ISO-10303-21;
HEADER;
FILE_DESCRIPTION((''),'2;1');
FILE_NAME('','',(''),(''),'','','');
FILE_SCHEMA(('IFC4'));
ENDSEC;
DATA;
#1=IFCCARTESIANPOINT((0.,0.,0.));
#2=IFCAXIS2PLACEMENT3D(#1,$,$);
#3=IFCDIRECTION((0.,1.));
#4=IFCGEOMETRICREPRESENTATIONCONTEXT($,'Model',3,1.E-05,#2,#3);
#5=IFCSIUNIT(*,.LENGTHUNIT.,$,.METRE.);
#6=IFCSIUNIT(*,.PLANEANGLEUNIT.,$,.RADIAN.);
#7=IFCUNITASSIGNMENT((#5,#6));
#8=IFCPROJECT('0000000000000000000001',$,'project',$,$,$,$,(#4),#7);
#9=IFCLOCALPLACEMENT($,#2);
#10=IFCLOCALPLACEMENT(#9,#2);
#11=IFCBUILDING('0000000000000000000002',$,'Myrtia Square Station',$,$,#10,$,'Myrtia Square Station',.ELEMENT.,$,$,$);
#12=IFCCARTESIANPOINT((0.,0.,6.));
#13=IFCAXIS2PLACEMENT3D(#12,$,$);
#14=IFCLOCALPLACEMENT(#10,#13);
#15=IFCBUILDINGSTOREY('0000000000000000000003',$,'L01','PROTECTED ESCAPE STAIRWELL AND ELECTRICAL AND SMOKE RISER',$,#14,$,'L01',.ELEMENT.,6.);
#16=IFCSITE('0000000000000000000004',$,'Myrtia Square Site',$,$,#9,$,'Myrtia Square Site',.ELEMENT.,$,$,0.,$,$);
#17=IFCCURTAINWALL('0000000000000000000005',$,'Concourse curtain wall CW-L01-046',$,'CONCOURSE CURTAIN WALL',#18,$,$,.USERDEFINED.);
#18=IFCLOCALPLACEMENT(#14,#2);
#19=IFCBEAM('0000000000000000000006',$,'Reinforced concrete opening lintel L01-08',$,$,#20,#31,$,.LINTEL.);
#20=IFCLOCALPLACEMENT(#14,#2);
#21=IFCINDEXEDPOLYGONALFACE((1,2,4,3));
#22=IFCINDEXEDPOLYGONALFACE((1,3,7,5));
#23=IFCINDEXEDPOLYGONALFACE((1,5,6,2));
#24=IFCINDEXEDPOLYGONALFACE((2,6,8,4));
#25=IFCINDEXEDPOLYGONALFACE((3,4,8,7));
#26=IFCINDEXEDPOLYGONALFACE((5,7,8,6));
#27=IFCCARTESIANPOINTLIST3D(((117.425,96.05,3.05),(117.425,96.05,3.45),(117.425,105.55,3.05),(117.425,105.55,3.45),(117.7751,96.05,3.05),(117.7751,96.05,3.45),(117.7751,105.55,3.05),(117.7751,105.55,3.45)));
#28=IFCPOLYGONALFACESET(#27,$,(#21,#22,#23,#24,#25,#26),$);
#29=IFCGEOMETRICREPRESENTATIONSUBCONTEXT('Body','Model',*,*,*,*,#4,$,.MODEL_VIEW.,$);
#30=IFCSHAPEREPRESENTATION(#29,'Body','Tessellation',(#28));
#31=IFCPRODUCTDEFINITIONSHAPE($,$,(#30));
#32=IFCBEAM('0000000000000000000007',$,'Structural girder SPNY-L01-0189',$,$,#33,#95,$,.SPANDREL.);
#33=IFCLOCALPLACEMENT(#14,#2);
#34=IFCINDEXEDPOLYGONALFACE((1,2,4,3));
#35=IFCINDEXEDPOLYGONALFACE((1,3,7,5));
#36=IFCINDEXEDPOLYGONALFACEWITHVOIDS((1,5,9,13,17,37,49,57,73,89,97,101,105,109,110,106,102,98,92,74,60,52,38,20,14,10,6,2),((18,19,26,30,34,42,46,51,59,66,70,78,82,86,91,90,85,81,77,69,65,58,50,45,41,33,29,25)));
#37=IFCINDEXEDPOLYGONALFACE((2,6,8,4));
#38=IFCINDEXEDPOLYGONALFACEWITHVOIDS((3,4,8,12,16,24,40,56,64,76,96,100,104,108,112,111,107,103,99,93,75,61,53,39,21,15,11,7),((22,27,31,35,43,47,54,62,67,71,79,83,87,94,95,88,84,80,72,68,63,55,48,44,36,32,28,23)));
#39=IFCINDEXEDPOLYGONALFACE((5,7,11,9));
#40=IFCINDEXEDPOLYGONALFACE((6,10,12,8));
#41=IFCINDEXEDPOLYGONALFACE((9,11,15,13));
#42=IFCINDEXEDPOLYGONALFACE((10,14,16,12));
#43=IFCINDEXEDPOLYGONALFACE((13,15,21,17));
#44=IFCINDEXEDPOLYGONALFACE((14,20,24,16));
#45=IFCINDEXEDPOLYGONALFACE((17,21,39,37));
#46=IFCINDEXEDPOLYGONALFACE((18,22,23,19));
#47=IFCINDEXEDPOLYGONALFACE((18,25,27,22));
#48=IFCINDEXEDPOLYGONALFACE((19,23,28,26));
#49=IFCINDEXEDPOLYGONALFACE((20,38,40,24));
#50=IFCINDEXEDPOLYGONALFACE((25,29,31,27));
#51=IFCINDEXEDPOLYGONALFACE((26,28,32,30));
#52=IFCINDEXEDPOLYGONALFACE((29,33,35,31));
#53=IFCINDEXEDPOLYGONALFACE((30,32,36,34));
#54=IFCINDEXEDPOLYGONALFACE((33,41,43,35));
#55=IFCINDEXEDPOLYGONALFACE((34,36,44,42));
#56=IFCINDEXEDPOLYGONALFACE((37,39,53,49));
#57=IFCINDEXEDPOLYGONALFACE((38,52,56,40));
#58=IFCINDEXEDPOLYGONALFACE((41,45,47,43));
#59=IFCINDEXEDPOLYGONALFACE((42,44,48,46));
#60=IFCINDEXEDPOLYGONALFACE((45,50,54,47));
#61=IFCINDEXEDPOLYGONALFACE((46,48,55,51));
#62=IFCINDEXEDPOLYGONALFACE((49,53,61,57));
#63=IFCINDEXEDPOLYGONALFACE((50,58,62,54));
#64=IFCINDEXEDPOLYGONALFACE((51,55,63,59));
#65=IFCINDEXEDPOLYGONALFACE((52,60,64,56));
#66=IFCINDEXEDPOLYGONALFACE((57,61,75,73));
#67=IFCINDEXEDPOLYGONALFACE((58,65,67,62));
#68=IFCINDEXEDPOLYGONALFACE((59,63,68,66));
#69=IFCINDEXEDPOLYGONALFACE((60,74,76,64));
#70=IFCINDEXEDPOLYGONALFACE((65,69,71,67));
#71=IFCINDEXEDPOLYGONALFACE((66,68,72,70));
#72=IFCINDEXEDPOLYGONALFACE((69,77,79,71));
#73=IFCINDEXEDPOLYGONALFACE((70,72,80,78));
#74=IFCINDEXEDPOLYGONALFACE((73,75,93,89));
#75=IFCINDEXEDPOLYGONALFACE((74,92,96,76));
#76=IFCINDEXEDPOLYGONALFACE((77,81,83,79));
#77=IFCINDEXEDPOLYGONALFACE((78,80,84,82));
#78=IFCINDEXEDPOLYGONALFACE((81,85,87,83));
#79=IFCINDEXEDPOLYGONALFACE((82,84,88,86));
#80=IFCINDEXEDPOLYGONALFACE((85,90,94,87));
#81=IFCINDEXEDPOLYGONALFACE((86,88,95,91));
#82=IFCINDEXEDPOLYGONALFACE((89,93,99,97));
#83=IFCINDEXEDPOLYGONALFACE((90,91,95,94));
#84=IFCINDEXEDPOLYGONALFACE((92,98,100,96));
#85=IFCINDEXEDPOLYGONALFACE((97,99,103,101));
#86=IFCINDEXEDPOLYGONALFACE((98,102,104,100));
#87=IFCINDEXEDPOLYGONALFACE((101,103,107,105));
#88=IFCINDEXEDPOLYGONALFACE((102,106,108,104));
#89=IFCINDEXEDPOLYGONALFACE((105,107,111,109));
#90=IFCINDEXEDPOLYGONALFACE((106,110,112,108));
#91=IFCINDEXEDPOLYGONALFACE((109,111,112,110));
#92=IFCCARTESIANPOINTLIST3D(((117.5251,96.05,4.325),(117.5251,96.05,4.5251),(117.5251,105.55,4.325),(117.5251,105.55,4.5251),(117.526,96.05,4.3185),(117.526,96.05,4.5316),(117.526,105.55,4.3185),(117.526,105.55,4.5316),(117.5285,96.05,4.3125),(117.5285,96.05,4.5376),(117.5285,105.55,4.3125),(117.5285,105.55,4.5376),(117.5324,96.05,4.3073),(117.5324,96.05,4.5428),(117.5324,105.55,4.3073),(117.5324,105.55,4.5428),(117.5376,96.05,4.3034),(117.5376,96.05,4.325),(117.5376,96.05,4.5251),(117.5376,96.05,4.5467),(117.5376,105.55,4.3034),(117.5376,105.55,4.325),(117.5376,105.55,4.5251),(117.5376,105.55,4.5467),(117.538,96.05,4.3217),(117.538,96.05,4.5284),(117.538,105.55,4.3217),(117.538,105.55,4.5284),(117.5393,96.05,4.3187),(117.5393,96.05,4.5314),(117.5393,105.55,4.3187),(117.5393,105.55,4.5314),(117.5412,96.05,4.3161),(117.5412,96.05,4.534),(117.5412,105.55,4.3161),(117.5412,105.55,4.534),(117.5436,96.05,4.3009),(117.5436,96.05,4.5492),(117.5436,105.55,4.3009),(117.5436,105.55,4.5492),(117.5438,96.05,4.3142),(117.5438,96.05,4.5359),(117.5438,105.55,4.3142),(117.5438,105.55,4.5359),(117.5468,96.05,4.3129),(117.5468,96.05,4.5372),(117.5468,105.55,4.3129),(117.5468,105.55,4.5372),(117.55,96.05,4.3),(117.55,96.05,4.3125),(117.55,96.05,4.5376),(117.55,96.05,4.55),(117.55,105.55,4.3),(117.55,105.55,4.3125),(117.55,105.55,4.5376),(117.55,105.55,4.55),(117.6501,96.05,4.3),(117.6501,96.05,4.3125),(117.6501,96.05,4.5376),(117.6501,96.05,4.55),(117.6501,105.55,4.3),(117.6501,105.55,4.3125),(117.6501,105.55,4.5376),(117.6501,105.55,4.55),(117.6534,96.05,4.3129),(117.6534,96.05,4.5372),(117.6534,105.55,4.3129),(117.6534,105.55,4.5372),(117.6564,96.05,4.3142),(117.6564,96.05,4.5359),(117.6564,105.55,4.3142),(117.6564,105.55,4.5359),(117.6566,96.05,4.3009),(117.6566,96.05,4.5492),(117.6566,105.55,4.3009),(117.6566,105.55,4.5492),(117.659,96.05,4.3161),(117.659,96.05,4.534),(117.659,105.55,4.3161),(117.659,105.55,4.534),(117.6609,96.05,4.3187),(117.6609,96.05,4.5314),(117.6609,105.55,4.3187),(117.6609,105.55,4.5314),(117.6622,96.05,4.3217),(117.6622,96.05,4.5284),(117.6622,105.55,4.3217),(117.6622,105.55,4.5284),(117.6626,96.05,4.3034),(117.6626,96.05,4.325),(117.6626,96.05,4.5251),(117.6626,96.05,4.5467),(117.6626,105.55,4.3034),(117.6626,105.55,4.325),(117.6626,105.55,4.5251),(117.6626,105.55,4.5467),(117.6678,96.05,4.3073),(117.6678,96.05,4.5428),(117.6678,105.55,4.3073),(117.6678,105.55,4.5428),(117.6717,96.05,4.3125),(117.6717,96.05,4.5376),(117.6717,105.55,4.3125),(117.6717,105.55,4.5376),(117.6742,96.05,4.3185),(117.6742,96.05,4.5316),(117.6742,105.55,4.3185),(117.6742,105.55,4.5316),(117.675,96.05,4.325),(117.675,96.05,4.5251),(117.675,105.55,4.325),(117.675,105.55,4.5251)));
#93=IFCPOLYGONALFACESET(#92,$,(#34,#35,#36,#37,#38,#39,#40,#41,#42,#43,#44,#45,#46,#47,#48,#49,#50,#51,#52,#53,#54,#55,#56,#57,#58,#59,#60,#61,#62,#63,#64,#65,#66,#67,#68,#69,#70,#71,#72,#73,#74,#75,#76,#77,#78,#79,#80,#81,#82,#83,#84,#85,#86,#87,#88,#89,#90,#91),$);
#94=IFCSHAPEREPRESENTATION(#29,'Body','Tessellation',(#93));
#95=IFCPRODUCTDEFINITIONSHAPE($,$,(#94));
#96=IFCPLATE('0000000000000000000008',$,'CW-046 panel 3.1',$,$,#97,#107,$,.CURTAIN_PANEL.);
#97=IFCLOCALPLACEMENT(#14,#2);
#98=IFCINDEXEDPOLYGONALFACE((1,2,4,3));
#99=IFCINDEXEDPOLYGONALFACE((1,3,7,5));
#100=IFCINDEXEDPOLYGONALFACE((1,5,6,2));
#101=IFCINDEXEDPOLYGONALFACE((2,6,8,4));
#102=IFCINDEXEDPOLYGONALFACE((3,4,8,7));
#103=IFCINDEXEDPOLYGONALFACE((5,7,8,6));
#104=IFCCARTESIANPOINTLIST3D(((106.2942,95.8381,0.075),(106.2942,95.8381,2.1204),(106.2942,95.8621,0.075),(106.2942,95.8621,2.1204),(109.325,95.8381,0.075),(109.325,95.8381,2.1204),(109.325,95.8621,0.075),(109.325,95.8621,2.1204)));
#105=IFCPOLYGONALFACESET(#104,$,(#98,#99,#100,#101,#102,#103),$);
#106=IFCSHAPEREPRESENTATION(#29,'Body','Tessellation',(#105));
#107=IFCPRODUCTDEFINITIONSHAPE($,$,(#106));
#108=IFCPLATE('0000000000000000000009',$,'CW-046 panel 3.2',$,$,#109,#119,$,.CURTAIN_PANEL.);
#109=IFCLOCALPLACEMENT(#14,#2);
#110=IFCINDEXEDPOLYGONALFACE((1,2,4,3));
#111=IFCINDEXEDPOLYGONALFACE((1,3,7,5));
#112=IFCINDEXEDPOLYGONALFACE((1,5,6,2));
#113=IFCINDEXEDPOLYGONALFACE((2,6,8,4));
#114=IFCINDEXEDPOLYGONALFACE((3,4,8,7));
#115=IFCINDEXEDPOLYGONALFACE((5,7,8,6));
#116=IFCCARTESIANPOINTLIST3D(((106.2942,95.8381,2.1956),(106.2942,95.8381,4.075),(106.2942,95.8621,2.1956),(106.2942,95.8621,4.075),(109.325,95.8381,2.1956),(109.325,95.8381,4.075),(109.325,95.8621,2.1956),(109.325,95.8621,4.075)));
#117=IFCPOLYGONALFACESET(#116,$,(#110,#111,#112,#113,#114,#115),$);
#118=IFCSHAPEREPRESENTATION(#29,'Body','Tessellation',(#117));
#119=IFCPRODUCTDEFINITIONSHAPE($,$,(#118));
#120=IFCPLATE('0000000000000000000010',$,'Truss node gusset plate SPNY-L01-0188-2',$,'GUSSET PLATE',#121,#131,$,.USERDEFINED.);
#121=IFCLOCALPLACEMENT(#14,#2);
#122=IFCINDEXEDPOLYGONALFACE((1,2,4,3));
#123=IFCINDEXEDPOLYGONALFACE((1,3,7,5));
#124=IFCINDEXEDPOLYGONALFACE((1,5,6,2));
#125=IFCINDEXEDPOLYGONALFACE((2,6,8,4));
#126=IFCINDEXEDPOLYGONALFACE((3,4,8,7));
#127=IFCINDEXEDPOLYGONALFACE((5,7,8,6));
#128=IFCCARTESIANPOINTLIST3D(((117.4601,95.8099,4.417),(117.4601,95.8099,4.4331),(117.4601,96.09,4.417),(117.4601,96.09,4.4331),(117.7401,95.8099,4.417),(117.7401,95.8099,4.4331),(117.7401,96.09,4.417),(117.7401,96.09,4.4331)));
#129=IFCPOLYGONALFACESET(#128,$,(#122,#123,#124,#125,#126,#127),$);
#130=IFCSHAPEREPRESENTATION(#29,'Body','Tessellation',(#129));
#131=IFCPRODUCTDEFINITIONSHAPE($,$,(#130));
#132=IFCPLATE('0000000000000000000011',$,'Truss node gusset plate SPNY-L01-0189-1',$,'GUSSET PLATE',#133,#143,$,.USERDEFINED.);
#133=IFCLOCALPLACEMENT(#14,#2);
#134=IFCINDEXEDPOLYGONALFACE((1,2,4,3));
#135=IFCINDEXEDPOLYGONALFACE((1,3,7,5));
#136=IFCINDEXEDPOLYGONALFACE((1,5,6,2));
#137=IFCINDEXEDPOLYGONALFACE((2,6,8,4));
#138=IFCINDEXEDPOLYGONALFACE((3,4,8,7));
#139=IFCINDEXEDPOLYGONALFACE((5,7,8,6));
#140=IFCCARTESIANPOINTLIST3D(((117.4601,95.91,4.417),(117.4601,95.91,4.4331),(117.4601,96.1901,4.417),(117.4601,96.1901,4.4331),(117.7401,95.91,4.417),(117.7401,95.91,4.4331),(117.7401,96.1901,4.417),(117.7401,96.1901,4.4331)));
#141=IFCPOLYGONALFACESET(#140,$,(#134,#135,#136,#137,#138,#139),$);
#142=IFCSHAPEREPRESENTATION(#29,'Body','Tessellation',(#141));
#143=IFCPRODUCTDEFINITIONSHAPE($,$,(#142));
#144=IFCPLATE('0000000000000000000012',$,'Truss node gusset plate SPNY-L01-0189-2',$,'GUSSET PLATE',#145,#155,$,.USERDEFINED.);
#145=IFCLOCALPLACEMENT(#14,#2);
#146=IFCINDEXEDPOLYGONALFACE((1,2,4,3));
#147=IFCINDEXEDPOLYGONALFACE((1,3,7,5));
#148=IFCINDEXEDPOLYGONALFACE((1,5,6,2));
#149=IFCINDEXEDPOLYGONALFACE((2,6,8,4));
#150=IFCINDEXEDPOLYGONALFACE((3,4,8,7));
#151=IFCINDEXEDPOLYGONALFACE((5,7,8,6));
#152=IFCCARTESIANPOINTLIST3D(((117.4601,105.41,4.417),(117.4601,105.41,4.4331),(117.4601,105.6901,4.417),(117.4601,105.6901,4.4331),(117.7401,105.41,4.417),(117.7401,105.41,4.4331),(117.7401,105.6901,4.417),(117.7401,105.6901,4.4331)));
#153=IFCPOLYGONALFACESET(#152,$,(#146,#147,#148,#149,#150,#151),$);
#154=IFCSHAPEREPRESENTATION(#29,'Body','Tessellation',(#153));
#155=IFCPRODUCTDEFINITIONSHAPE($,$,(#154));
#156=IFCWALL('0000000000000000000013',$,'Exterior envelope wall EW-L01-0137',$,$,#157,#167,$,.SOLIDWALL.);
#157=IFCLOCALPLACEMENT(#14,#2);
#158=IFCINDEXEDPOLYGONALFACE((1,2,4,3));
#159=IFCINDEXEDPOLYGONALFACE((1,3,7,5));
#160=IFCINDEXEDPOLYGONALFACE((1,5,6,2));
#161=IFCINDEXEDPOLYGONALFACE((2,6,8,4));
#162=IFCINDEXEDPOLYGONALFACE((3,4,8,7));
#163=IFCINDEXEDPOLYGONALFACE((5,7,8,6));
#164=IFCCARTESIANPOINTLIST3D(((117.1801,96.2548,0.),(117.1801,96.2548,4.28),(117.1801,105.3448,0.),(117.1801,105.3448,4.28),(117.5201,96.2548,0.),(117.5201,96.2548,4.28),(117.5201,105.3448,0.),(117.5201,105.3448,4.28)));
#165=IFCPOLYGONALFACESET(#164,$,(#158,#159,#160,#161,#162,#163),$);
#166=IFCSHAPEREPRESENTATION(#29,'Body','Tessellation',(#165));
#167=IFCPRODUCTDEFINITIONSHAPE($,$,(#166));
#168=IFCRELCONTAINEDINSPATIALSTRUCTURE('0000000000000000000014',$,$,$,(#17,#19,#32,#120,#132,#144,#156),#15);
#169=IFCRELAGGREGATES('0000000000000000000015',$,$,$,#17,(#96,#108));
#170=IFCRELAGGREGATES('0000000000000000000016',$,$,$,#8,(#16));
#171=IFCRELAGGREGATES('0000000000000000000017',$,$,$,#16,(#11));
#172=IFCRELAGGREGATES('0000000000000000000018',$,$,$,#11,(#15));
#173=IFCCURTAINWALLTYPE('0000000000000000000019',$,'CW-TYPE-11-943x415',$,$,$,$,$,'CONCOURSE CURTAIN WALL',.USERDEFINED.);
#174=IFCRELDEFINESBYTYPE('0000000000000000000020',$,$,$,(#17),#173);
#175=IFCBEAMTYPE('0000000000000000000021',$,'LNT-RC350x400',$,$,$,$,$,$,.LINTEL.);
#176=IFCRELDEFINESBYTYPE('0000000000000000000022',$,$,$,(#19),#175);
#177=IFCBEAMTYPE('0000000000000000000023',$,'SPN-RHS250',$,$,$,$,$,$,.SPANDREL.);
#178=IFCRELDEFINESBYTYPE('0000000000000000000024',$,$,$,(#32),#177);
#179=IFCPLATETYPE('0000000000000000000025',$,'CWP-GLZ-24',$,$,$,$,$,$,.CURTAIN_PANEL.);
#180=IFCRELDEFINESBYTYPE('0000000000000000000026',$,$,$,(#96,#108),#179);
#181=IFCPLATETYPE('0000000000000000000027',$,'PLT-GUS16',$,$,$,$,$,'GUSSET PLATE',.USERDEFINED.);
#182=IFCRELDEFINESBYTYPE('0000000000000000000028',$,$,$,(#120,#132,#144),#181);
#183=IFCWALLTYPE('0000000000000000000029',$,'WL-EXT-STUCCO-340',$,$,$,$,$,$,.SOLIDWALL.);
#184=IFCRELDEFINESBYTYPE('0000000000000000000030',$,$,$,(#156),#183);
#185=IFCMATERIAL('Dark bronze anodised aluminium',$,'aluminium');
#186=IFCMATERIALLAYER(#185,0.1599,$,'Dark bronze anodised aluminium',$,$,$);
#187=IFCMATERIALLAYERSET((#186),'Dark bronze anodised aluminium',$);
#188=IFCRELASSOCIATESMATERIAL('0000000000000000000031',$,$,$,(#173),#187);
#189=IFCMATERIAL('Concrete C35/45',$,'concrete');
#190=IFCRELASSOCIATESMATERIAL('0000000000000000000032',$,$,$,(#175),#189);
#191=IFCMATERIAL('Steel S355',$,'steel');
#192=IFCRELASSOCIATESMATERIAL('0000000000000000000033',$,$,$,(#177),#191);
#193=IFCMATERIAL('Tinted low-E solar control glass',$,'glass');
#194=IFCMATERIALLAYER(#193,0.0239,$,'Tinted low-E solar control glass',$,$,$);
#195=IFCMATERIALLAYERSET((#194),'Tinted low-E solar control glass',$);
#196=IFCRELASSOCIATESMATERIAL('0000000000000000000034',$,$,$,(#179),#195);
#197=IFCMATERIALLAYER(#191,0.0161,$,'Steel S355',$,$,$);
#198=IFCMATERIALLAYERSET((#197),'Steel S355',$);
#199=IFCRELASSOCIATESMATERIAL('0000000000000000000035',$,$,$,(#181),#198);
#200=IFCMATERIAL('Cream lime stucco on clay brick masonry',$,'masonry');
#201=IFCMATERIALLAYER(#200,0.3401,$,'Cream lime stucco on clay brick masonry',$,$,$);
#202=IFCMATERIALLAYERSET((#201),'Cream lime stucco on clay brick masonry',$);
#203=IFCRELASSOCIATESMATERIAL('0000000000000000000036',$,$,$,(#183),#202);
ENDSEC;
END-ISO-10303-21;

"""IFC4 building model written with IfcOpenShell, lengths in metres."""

from ifc_helpers import new_model, si_unit, direction, frame, frame_2d, origin, origin_2d, place, context, subcontext, project, spatial, rectangle, hollow_rectangle, extrude, material, layer, layer_set, material_profile, profile_set, type_object, element, aggregate, save


model = new_model("IFC4")

# Units and contexts
model_context = context("Model", 3, precision=1e-05, world=origin(), true_north=direction((0.0, 1.0)))
body_context = subcontext(model_context, "Body", "Model", "MODEL_VIEW")
ifc_project = project(units=[si_unit("LENGTHUNIT", "METRE"), si_unit("PLANEANGLEUNIT", "RADIAN")], contexts=[model_context])

# Site, building, storey
site_placement = place(None, origin())
site = spatial("IfcSite", under=ifc_project, at=site_placement, Name="Myrtia Square Site", LongName="Myrtia Square Site", CompositionType="ELEMENT", RefElevation=0.0)
building_placement = place(site_placement, origin())
building = spatial("IfcBuilding", under=site, at=building_placement, Name="Myrtia Square Station", LongName="Myrtia Square Station", CompositionType="ELEMENT")
storey_placement = place(building_placement, frame((0.0, 0.0, 6.0)))
storey = spatial("IfcBuildingStorey", under=building, at=storey_placement, Name="L01", Description="PROTECTED ESCAPE STAIRWELL AND ELECTRICAL AND SMOKE RISER", LongName="L01", CompositionType="ELEMENT", Elevation=6.0)

# Shared definitions
ifc_material_1 = material(Name="Steel S355", Category="steel")

# Curtain wall
ifc_material_2 = material(Name="Dark bronze anodised aluminium", Category="aluminium")
ifc_layer_1 = layer(ifc_material_2, 0.1599, Name="Dark bronze anodised aluminium")
ifc_layer_set_1 = layer_set([ifc_layer_1], Name="Dark bronze anodised aluminium")
curtain_wall_type = type_object("IfcCurtainWallType", Name="CW-TYPE-11-943x415", ElementType="CONCOURSE CURTAIN WALL", PredefinedType="USERDEFINED", material=ifc_layer_set_1)
curtain_wall_placement = place(storey_placement, origin())
curtain_wall = element("IfcCurtainWall", 1, at=curtain_wall_placement, inside=storey, type_object=curtain_wall_type, Name="Concourse curtain wall CW-L01-046", ObjectType="CONCOURSE CURTAIN WALL", PredefinedType="USERDEFINED")

# Beams
ifc_material_3 = material(Name="Concrete C35/45", Category="concrete")
ifc_material_profile_1 = material_profile(ifc_material_3, rectangle(XDim=0.3501, YDim=0.3999, at=origin_2d()), Name="LNT 350x400")
ifc_profile_set_1 = profile_set([ifc_material_profile_1], Name="Concrete C35/45")
beam_type_1 = type_object("IfcBeamType", Name="LNT-RC350x400", PredefinedType="LINTEL", material=ifc_profile_set_1)
beam_1_placement = place(storey_placement, frame((117.6001, 96.05, 3.25), z_axis=(0.0, 1.0, 0.0), x_axis=(-1.0, 0.0, 0.0)))
element("IfcBeam", 2, at=beam_1_placement, inside=storey, type_object=beam_type_1, Name="Reinforced concrete opening lintel L01-08", PredefinedType="LINTEL", context=body_context, shape_type="SweptSolid", body=[
    extrude(rectangle(XDim=0.3501, YDim=0.3999, at=origin_2d()), origin(), (0.0, 0.0, 1.0), 9.5),
])
ifc_material_profile_2 = material_profile(ifc_material_1, hollow_rectangle(XDim=0.1499, YDim=0.25, WallThickness=0.0125, InnerFilletRadius=0.0125, OuterFilletRadius=0.0249, at=origin_2d()), Name="RHS 250x150x12.5")
ifc_profile_set_2 = profile_set([ifc_material_profile_2], Name="Steel S355")
beam_type_2 = type_object("IfcBeamType", Name="SPN-RHS250", PredefinedType="SPANDREL", material=ifc_profile_set_2)
beam_2_placement = place(storey_placement, frame((117.6001, 96.05, 4.425), z_axis=(0.0, 1.0, 0.0), x_axis=(-1.0, 0.0, 0.0)))
element("IfcBeam", 3, at=beam_2_placement, inside=storey, type_object=beam_type_2, Name="Structural girder SPNY-L01-0189", PredefinedType="SPANDREL", context=body_context, shape_type="SweptSolid", body=[
    extrude(hollow_rectangle(XDim=0.1499, YDim=0.25, WallThickness=0.0125, InnerFilletRadius=0.0125, OuterFilletRadius=0.0249, at=origin_2d()), origin(), (0.0, 0.0, 1.0), 9.5),
])

# Plates
ifc_material_4 = material(Name="Tinted low-E solar control glass", Category="glass")
ifc_layer_2 = layer(ifc_material_4, 0.0239, Name="Tinted low-E solar control glass")
ifc_layer_set_2 = layer_set([ifc_layer_2], Name="Tinted low-E solar control glass")
plate_type_1 = type_object("IfcPlateType", Name="CWP-GLZ-24", PredefinedType="CURTAIN_PANEL", material=ifc_layer_set_2)
plate_1_placement = place(storey_placement, frame((107.8096, 95.8501, 0.075), z_axis=(0.0, 0.0, 1.0), x_axis=(1.0, 0.0, 0.0)))
plate_1 = element("IfcPlate", 4, at=plate_1_placement, type_object=plate_type_1, Name="CW-046 panel 3.1", PredefinedType="CURTAIN_PANEL", context=body_context, shape_type="SweptSolid", body=[
    extrude(rectangle(XDim=3.0308, YDim=0.0239, at=origin_2d()), origin(), (0.0, 0.0, 1.0), 2.0454),
])
plate_2_placement = place(storey_placement, frame((107.8096, 95.8501, 2.1956), z_axis=(0.0, 0.0, 1.0), x_axis=(1.0, 0.0, 0.0)))
plate_2 = element("IfcPlate", 5, at=plate_2_placement, type_object=plate_type_1, Name="CW-046 panel 3.2", PredefinedType="CURTAIN_PANEL", context=body_context, shape_type="SweptSolid", body=[
    extrude(rectangle(XDim=3.0308, YDim=0.0239, at=origin_2d()), origin(), (0.0, 0.0, 1.0), 1.8794),
])
aggregate(curtain_wall, [plate_1, plate_2])

# Plates
ifc_layer_3 = layer(ifc_material_1, 0.0161, Name="Steel S355")
ifc_layer_set_3 = layer_set([ifc_layer_3], Name="Steel S355")
plate_type_2 = type_object("IfcPlateType", Name="PLT-GUS16", ElementType="GUSSET PLATE", PredefinedType="USERDEFINED", material=ifc_layer_set_3)
for number, where, z_axis, x_axis, name in (
    (6, (117.6001, 95.95, 4.417), (0.0, 0.0, 1.0), (0.0, 1.0, 0.0), "Truss node gusset plate SPNY-L01-0188-2"),
    (7, (117.6001, 96.05, 4.417), (0.0, 0.0, 1.0), (0.0, 1.0, 0.0), "Truss node gusset plate SPNY-L01-0189-1"),
    (8, (117.6001, 105.55, 4.417), (0.0, 0.0, 1.0), (0.0, 1.0, 0.0), "Truss node gusset plate SPNY-L01-0189-2"),
):
    element("IfcPlate", number, at=place(storey_placement, frame(where, z_axis=z_axis, x_axis=x_axis)), inside=storey, type_object=plate_type_2, Name=name, ObjectType="GUSSET PLATE", PredefinedType="USERDEFINED", context=body_context, shape_type="SweptSolid", body=[
        extrude(rectangle(XDim=0.28, YDim=0.28, at=origin_2d()), origin(), (0.0, 0.0, 1.0), 0.0161),
    ])

# Wall
ifc_material_5 = material(Name="Cream lime stucco on clay brick masonry", Category="masonry")
ifc_layer_4 = layer(ifc_material_5, 0.3401, Name="Cream lime stucco on clay brick masonry")
ifc_layer_set_4 = layer_set([ifc_layer_4], Name="Cream lime stucco on clay brick masonry")
wall_type_1 = type_object("IfcWallType", Name="WL-EXT-STUCCO-340", PredefinedType="SOLIDWALL", material=ifc_layer_set_4)
wall_1_placement = place(storey_placement, frame((117.3501, 96.2549, 0.0), z_axis=(0.0, 0.0, 1.0), x_axis=(0.0, 1.0, 0.0)))
element("IfcWall", 9, at=wall_1_placement, inside=storey, type_object=wall_type_1, Name="Exterior envelope wall EW-L01-0137", PredefinedType="SOLIDWALL", context=body_context, shape_type="SweptSolid", body=[
    extrude(rectangle(XDim=9.0901, YDim=0.3401, at=frame_2d((4.5449, 0.0))), origin(), (0.0, 0.0, 1.0), 4.28),
])

save(model, "model.ifc")
